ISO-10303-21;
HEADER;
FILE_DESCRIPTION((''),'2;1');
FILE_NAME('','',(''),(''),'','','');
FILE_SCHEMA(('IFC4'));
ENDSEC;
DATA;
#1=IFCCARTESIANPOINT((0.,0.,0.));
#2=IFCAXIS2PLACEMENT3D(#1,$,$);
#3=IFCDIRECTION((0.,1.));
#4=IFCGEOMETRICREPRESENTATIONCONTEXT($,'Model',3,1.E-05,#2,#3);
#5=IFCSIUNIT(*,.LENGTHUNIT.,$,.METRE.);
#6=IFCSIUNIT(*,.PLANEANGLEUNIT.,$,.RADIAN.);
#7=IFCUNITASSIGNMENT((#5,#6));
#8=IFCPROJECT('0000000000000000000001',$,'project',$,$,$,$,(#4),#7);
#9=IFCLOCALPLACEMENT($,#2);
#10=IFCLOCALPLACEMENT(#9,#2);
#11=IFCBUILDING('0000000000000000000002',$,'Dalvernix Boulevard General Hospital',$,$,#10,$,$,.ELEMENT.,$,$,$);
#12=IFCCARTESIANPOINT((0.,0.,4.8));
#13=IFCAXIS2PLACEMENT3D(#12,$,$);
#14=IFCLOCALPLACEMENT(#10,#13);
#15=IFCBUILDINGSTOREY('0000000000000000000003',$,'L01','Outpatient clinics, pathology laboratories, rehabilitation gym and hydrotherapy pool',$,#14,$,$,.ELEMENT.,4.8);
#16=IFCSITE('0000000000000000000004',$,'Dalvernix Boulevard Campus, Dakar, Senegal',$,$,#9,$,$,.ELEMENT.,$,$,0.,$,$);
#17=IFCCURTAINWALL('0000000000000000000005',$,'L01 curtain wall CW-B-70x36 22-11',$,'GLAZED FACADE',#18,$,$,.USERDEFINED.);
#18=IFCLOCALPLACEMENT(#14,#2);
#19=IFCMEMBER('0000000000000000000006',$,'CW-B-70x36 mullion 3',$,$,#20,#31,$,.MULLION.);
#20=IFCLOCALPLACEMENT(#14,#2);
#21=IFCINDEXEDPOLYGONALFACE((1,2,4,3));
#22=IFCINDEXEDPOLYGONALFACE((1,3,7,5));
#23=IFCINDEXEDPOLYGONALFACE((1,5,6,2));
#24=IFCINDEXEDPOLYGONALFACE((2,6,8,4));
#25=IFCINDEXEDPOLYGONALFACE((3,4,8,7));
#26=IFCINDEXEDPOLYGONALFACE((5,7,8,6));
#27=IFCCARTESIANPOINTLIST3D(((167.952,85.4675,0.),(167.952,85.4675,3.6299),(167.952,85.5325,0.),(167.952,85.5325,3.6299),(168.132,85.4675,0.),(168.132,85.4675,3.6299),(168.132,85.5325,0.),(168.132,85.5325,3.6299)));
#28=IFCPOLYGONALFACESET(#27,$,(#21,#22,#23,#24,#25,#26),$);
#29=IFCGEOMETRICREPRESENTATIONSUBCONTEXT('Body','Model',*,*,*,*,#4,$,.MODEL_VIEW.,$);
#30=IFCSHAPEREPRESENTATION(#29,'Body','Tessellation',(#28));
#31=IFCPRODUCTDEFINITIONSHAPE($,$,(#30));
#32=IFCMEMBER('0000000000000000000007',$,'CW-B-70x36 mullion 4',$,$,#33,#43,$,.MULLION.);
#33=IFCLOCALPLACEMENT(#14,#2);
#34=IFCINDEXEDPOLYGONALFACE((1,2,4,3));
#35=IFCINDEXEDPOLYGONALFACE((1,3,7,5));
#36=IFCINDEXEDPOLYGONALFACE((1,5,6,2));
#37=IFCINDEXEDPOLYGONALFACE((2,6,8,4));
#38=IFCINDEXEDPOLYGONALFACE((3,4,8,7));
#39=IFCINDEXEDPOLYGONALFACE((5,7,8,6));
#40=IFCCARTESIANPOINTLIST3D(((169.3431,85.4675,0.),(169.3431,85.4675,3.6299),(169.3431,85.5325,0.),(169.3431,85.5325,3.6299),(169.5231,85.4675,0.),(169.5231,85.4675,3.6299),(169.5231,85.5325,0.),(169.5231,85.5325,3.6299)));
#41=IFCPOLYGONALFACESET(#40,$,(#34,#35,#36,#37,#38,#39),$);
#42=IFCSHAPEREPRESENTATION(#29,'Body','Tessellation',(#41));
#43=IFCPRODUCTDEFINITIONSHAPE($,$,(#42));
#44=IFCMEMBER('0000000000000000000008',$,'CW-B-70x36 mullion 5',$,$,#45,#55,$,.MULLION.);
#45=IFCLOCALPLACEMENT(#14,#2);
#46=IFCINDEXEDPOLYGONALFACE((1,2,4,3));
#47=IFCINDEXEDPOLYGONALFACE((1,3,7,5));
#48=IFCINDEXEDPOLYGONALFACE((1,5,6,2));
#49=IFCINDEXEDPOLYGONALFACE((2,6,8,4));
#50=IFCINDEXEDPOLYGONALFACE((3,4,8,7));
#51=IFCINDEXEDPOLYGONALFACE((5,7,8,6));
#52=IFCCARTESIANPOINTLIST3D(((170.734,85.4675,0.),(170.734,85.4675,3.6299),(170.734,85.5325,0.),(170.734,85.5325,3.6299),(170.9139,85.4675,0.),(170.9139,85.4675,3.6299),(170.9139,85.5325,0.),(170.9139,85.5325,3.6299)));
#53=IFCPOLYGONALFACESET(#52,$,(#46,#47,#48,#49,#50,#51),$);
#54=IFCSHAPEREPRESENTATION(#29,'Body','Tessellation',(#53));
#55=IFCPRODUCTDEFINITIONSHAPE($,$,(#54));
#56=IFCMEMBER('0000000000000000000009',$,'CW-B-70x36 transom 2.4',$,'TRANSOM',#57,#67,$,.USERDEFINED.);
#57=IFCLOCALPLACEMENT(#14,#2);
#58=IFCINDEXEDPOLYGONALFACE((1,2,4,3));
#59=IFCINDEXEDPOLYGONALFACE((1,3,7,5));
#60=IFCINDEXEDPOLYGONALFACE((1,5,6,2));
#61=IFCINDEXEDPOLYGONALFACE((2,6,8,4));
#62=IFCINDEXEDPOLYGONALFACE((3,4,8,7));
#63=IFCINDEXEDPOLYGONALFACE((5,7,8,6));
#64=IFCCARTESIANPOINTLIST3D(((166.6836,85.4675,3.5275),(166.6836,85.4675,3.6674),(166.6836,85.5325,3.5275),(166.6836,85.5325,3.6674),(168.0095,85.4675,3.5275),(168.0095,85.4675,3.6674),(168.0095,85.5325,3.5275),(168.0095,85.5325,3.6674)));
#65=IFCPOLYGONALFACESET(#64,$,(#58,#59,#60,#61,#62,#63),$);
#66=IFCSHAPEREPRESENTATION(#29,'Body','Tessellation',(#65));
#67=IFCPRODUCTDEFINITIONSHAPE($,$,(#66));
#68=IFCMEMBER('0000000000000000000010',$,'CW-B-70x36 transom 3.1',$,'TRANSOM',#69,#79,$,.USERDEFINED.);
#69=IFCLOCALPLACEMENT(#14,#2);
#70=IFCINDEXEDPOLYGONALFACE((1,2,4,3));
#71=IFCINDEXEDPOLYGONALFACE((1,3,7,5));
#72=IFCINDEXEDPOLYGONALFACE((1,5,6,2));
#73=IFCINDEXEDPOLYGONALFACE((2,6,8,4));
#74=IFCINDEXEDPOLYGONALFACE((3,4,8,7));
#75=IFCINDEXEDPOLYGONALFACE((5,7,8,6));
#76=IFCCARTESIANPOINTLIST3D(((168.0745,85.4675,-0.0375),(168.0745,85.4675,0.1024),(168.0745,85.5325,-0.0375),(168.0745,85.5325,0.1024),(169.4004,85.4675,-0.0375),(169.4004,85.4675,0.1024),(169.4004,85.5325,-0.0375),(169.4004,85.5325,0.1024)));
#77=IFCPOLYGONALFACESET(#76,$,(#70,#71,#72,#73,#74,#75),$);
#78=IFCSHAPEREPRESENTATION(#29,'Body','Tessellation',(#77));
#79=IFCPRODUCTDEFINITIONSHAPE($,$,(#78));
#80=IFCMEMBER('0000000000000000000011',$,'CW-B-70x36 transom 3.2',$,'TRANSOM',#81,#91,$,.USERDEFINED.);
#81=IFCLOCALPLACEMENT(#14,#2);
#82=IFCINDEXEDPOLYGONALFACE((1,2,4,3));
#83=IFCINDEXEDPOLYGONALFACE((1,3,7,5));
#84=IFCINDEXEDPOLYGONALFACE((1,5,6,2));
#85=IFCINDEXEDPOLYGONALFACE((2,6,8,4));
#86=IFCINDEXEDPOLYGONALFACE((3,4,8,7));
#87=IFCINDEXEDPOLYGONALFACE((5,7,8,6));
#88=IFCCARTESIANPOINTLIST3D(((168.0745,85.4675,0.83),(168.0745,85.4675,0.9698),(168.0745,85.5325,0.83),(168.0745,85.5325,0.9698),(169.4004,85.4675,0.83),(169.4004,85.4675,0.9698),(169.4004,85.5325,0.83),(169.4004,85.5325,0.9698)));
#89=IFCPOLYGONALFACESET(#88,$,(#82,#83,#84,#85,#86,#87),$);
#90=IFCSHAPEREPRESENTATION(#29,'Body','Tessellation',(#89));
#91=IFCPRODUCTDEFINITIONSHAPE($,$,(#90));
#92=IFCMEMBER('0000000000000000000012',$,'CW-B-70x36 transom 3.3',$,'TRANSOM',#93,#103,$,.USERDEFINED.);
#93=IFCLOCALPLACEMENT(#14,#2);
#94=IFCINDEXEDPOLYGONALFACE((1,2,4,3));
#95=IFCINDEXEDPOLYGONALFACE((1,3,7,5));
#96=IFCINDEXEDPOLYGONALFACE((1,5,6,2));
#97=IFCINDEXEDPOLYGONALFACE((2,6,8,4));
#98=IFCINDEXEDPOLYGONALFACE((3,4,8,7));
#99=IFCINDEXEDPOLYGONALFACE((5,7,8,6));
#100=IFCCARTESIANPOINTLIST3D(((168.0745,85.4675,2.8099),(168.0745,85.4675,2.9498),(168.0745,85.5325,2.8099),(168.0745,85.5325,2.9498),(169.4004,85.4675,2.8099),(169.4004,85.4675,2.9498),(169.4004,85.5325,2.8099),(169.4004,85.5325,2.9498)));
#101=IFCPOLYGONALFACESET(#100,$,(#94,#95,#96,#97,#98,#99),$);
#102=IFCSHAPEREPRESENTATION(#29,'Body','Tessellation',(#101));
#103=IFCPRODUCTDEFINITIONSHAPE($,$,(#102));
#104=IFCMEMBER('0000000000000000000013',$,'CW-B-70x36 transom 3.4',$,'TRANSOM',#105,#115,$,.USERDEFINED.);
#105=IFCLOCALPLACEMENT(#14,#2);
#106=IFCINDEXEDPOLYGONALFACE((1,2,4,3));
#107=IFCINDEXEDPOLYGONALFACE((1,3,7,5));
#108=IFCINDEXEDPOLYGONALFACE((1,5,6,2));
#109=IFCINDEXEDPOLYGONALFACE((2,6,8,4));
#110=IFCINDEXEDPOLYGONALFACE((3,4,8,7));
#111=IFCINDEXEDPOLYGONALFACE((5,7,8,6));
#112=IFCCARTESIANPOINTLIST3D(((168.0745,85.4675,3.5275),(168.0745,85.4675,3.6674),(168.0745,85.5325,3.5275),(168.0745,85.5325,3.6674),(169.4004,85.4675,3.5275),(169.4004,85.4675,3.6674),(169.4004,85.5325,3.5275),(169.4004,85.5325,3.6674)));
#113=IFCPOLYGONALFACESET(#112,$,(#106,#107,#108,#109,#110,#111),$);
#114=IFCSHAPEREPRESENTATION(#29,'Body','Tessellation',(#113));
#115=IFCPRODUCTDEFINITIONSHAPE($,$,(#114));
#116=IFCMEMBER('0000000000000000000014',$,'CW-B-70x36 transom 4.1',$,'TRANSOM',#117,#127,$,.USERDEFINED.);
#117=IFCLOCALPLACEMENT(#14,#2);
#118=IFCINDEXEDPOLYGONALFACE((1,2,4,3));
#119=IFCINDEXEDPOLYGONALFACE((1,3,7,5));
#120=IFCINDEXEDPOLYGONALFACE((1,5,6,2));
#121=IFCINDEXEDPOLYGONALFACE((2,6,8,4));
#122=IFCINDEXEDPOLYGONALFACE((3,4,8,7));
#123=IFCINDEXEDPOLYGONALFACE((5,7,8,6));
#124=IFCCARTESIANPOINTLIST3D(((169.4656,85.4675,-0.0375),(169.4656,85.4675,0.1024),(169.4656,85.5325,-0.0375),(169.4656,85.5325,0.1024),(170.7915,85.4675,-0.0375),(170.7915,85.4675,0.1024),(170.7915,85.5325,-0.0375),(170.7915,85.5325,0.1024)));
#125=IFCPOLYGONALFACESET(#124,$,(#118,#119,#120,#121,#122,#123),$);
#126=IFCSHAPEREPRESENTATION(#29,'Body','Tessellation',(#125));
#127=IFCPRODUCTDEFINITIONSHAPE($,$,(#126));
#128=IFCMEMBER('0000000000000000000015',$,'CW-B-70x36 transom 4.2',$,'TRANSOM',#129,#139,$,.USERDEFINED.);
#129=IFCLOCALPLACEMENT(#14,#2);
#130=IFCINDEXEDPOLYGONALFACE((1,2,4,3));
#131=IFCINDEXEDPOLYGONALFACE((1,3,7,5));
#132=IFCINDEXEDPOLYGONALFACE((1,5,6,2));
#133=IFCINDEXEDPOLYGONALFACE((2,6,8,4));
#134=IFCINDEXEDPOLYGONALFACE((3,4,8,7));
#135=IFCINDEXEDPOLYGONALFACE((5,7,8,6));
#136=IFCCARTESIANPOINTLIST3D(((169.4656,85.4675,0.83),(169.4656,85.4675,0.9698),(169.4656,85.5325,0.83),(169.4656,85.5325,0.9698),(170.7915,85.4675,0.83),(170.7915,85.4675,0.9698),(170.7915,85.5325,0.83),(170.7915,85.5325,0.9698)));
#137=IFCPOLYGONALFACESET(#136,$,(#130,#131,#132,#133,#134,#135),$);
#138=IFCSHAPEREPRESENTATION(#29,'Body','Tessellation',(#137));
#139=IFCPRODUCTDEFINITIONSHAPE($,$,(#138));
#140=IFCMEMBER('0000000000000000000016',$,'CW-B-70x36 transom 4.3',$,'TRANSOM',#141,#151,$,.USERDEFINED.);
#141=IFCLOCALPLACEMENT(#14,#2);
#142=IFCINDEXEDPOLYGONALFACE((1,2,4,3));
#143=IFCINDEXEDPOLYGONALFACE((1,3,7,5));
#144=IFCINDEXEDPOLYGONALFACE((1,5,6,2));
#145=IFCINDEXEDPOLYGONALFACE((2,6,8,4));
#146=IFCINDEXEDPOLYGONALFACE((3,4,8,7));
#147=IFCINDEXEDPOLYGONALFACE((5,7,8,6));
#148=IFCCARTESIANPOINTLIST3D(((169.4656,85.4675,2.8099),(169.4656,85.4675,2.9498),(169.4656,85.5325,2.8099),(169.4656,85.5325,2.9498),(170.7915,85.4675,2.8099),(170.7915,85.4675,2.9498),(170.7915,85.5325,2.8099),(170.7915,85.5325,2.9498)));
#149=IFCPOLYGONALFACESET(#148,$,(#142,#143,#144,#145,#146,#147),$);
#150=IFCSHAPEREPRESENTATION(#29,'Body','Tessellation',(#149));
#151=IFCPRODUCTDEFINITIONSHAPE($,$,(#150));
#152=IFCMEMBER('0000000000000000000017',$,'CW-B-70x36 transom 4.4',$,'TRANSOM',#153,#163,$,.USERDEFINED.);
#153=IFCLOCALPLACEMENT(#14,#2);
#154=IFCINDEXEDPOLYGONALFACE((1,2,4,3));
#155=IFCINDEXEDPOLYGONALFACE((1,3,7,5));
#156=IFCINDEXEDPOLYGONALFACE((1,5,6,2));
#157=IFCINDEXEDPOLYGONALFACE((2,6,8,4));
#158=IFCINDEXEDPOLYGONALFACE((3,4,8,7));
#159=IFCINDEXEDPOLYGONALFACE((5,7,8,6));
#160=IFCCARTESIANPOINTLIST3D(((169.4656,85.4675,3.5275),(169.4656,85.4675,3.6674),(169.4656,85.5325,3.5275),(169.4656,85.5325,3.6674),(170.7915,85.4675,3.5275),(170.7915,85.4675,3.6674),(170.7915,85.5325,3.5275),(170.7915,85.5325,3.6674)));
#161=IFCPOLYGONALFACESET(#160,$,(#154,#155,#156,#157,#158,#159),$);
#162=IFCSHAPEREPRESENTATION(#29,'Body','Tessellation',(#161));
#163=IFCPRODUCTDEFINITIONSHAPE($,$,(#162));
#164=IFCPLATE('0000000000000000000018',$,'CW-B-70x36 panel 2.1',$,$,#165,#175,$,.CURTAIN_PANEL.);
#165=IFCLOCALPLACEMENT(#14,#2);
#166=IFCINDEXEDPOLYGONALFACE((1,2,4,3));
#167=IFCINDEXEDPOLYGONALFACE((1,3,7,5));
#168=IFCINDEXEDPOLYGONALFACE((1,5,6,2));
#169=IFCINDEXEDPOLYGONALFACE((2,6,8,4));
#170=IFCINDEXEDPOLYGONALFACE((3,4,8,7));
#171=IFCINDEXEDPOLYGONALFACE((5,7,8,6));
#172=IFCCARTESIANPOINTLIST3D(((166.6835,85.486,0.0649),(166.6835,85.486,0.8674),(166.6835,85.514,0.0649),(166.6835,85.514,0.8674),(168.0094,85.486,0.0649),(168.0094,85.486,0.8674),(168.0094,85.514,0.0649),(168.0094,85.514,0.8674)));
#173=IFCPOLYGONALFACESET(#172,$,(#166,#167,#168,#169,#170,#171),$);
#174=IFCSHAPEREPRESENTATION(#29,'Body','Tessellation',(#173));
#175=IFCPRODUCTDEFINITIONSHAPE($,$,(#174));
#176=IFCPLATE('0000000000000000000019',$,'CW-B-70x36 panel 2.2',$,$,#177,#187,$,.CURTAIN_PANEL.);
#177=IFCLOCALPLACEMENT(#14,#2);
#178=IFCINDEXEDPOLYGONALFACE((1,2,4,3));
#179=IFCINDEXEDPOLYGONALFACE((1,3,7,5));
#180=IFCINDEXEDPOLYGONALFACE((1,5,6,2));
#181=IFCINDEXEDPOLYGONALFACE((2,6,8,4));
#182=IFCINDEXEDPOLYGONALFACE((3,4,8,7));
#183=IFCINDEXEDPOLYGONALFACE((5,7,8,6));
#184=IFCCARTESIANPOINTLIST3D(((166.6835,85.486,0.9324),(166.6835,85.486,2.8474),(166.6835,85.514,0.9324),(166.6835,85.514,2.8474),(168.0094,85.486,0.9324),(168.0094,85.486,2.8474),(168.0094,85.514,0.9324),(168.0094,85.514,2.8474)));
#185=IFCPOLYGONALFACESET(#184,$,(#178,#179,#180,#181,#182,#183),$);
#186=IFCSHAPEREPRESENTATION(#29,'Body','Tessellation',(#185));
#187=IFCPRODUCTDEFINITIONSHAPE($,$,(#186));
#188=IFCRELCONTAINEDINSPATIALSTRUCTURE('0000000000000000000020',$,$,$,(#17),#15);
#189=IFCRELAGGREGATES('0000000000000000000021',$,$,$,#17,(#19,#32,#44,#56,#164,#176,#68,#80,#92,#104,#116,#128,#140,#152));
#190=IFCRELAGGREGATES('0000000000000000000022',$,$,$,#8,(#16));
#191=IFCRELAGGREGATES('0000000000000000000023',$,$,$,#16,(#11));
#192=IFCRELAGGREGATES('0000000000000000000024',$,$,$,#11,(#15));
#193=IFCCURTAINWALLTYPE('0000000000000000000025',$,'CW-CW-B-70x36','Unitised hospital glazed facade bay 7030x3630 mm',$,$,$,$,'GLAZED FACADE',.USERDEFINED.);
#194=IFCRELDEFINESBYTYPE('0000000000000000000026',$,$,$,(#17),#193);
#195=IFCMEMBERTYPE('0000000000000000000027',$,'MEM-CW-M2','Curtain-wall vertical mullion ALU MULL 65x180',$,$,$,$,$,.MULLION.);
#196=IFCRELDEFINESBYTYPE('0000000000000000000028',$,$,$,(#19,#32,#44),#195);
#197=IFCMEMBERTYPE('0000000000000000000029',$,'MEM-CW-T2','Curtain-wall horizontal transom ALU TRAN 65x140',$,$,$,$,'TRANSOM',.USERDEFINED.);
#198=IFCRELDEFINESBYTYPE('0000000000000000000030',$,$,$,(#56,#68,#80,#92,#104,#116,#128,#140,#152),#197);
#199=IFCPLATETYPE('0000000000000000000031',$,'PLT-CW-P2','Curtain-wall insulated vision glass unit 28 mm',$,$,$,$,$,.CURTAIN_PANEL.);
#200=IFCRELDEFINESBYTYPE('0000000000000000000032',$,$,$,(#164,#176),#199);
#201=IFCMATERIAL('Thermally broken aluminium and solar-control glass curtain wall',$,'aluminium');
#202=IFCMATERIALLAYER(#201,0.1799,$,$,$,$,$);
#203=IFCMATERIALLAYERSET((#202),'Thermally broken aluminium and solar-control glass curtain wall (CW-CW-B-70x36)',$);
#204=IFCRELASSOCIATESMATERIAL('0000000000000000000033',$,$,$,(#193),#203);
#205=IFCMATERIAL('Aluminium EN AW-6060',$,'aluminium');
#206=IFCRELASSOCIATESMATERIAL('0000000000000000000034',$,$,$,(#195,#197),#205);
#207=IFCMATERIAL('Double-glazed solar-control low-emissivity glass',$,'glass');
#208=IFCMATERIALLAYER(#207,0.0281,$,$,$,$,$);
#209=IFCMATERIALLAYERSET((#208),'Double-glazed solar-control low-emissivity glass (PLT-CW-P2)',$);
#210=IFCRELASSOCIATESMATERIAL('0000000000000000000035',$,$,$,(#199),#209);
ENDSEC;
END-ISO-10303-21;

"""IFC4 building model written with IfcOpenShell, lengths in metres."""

from ifc_helpers import new_model, si_unit, direction, frame, origin, origin_2d, place, context, subcontext, project, spatial, rectangle, extrude, material, layer, layer_set, material_profile, profile_set, type_object, element, aggregate, save


model = new_model("IFC4")

# Units and contexts
model_context = context("Model", 3, precision=1e-05, world=origin(), true_north=direction((0.0, 1.0)))
body_context = subcontext(model_context, "Body", "Model", "MODEL_VIEW")
ifc_project = project(units=[si_unit("LENGTHUNIT", "METRE"), si_unit("PLANEANGLEUNIT", "RADIAN")], contexts=[model_context])

# Site, building, storey
site_placement = place(None, origin())
site = spatial("IfcSite", under=ifc_project, at=site_placement, Name="Dalvernix Boulevard Campus, Dakar, Senegal", CompositionType="ELEMENT", RefElevation=0.0)
building_placement = place(site_placement, origin())
building = spatial("IfcBuilding", under=site, at=building_placement, Name="Dalvernix Boulevard General Hospital", CompositionType="ELEMENT")
storey_placement = place(building_placement, frame((0.0, 0.0, 4.8)))
storey = spatial("IfcBuildingStorey", under=building, at=storey_placement, Name="L01", Description="Outpatient clinics, pathology laboratories, rehabilitation gym and hydrotherapy pool", CompositionType="ELEMENT", Elevation=4.8)

# Curtain wall, members, plates
ifc_material_1 = material(Name="Thermally broken aluminium and solar-control glass curtain wall", Category="aluminium")
ifc_layer_1 = layer(ifc_material_1, 0.1799)
ifc_layer_set_1 = layer_set([ifc_layer_1], Name="Thermally broken aluminium and solar-control glass curtain wall (CW-CW-B-70x36)")
curtain_wall_type = type_object("IfcCurtainWallType", Name="CW-CW-B-70x36", Description="Unitised hospital glazed facade bay 7030x3630 mm", ElementType="GLAZED FACADE", PredefinedType="USERDEFINED", material=ifc_layer_set_1)
curtain_wall_placement = place(storey_placement, origin())
curtain_wall = element("IfcCurtainWall", 1, at=curtain_wall_placement, inside=storey, type_object=curtain_wall_type, Name="L01 curtain wall CW-B-70x36 22-11", ObjectType="GLAZED FACADE", PredefinedType="USERDEFINED")
ifc_material_2 = material(Name="Aluminium EN AW-6060", Category="aluminium")
ifc_material_profile_1 = material_profile(ifc_material_2, rectangle(XDim=0.0649, YDim=0.1799, at=origin_2d()), Name="ALU MULL 65x180")
ifc_profile_set_1 = profile_set([ifc_material_profile_1], Name="Aluminium EN AW-6060")
member_type_1 = type_object("IfcMemberType", Name="MEM-CW-M2", Description="Curtain-wall vertical mullion ALU MULL 65x180", PredefinedType="MULLION", material=ifc_profile_set_1)
member_1_placement = place(storey_placement, frame((168.042, 85.5, 0.0), z_axis=(0.0, 0.0, 1.0), x_axis=(0.0, 1.0, 0.0)))
member_1 = element("IfcMember", 2, at=member_1_placement, type_object=member_type_1, Name="CW-B-70x36 mullion 3", PredefinedType="MULLION", context=body_context, shape_type="SweptSolid", body=[
    extrude(rectangle(XDim=0.0649, YDim=0.1799, at=origin_2d()), origin(), (0.0, 0.0, 1.0), 3.6299),
])
member_2_placement = place(storey_placement, frame((169.4331, 85.5, 0.0), z_axis=(0.0, 0.0, 1.0), x_axis=(0.0, 1.0, 0.0)))
member_2 = element("IfcMember", 3, at=member_2_placement, type_object=member_type_1, Name="CW-B-70x36 mullion 4", PredefinedType="MULLION", context=body_context, shape_type="SweptSolid", body=[
    extrude(rectangle(XDim=0.0649, YDim=0.1799, at=origin_2d()), origin(), (0.0, 0.0, 1.0), 3.6299),
])
member_3_placement = place(storey_placement, frame((170.824, 85.5, 0.0), z_axis=(0.0, 0.0, 1.0), x_axis=(0.0, 1.0, 0.0)))
member_3 = element("IfcMember", 4, at=member_3_placement, type_object=member_type_1, Name="CW-B-70x36 mullion 5", PredefinedType="MULLION", context=body_context, shape_type="SweptSolid", body=[
    extrude(rectangle(XDim=0.0649, YDim=0.1799, at=origin_2d()), origin(), (0.0, 0.0, 1.0), 3.6299),
])
ifc_material_profile_2 = material_profile(ifc_material_2, rectangle(XDim=0.0649, YDim=0.1399, at=origin_2d()), Name="ALU TRAN 65x140")
ifc_profile_set_2 = profile_set([ifc_material_profile_2], Name="Aluminium EN AW-6060")
member_type_2 = type_object("IfcMemberType", Name="MEM-CW-T2", Description="Curtain-wall horizontal transom ALU TRAN 65x140", ElementType="TRANSOM", PredefinedType="USERDEFINED", material=ifc_profile_set_2)
member_4_placement = place(storey_placement, frame((166.6836, 85.5, 3.5974), z_axis=(1.0, 0.0, 0.0), x_axis=(0.0, 1.0, 0.0)))
member_4 = element("IfcMember", 5, at=member_4_placement, type_object=member_type_2, Name="CW-B-70x36 transom 2.4", ObjectType="TRANSOM", PredefinedType="USERDEFINED", context=body_context, shape_type="SweptSolid", body=[
    extrude(rectangle(XDim=0.0649, YDim=0.1399, at=origin_2d()), origin(), (0.0, 0.0, 1.0), 1.3259),
])
member_5_placement = place(storey_placement, frame((168.0745, 85.5, 0.0325), z_axis=(1.0, 0.0, 0.0), x_axis=(0.0, 1.0, 0.0)))
member_5 = element("IfcMember", 6, at=member_5_placement, type_object=member_type_2, Name="CW-B-70x36 transom 3.1", ObjectType="TRANSOM", PredefinedType="USERDEFINED", context=body_context, shape_type="SweptSolid", body=[
    extrude(rectangle(XDim=0.0649, YDim=0.1399, at=origin_2d()), origin(), (0.0, 0.0, 1.0), 1.3259),
])
member_6_placement = place(storey_placement, frame((168.0745, 85.5, 0.8999), z_axis=(1.0, 0.0, 0.0), x_axis=(0.0, 1.0, 0.0)))
member_6 = element("IfcMember", 7, at=member_6_placement, type_object=member_type_2, Name="CW-B-70x36 transom 3.2", ObjectType="TRANSOM", PredefinedType="USERDEFINED", context=body_context, shape_type="SweptSolid", body=[
    extrude(rectangle(XDim=0.0649, YDim=0.1399, at=origin_2d()), origin(), (0.0, 0.0, 1.0), 1.3259),
])
member_7_placement = place(storey_placement, frame((168.0745, 85.5, 2.8799), z_axis=(1.0, 0.0, 0.0), x_axis=(0.0, 1.0, 0.0)))
member_7 = element("IfcMember", 8, at=member_7_placement, type_object=member_type_2, Name="CW-B-70x36 transom 3.3", ObjectType="TRANSOM", PredefinedType="USERDEFINED", context=body_context, shape_type="SweptSolid", body=[
    extrude(rectangle(XDim=0.0649, YDim=0.1399, at=origin_2d()), origin(), (0.0, 0.0, 1.0), 1.3259),
])
member_8_placement = place(storey_placement, frame((168.0745, 85.5, 3.5974), z_axis=(1.0, 0.0, 0.0), x_axis=(0.0, 1.0, 0.0)))
member_8 = element("IfcMember", 9, at=member_8_placement, type_object=member_type_2, Name="CW-B-70x36 transom 3.4", ObjectType="TRANSOM", PredefinedType="USERDEFINED", context=body_context, shape_type="SweptSolid", body=[
    extrude(rectangle(XDim=0.0649, YDim=0.1399, at=origin_2d()), origin(), (0.0, 0.0, 1.0), 1.3259),
])
member_9_placement = place(storey_placement, frame((169.4656, 85.5, 0.0325), z_axis=(1.0, 0.0, 0.0), x_axis=(0.0, 1.0, 0.0)))
member_9 = element("IfcMember", 10, at=member_9_placement, type_object=member_type_2, Name="CW-B-70x36 transom 4.1", ObjectType="TRANSOM", PredefinedType="USERDEFINED", context=body_context, shape_type="SweptSolid", body=[
    extrude(rectangle(XDim=0.0649, YDim=0.1399, at=origin_2d()), origin(), (0.0, 0.0, 1.0), 1.3259),
])
member_10_placement = place(storey_placement, frame((169.4656, 85.5, 0.8999), z_axis=(1.0, 0.0, 0.0), x_axis=(0.0, 1.0, 0.0)))
member_10 = element("IfcMember", 11, at=member_10_placement, type_object=member_type_2, Name="CW-B-70x36 transom 4.2", ObjectType="TRANSOM", PredefinedType="USERDEFINED", context=body_context, shape_type="SweptSolid", body=[
    extrude(rectangle(XDim=0.0649, YDim=0.1399, at=origin_2d()), origin(), (0.0, 0.0, 1.0), 1.3259),
])
member_11_placement = place(storey_placement, frame((169.4656, 85.5, 2.8799), z_axis=(1.0, 0.0, 0.0), x_axis=(0.0, 1.0, 0.0)))
member_11 = element("IfcMember", 12, at=member_11_placement, type_object=member_type_2, Name="CW-B-70x36 transom 4.3", ObjectType="TRANSOM", PredefinedType="USERDEFINED", context=body_context, shape_type="SweptSolid", body=[
    extrude(rectangle(XDim=0.0649, YDim=0.1399, at=origin_2d()), origin(), (0.0, 0.0, 1.0), 1.3259),
])
member_12_placement = place(storey_placement, frame((169.4656, 85.5, 3.5974), z_axis=(1.0, 0.0, 0.0), x_axis=(0.0, 1.0, 0.0)))
member_12 = element("IfcMember", 13, at=member_12_placement, type_object=member_type_2, Name="CW-B-70x36 transom 4.4", ObjectType="TRANSOM", PredefinedType="USERDEFINED", context=body_context, shape_type="SweptSolid", body=[
    extrude(rectangle(XDim=0.0649, YDim=0.1399, at=origin_2d()), origin(), (0.0, 0.0, 1.0), 1.3259),
])
ifc_material_3 = material(Name="Double-glazed solar-control low-emissivity glass", Category="glass")
ifc_layer_2 = layer(ifc_material_3, 0.0281)
ifc_layer_set_2 = layer_set([ifc_layer_2], Name="Double-glazed solar-control low-emissivity glass (PLT-CW-P2)")
plate_type = type_object("IfcPlateType", Name="PLT-CW-P2", Description="Curtain-wall insulated vision glass unit 28 mm", PredefinedType="CURTAIN_PANEL", material=ifc_layer_set_2)
plate_1_placement = place(storey_placement, frame((167.3464, 85.5, 0.0649), z_axis=(0.0, 0.0, 1.0), x_axis=(1.0, 0.0, 0.0)))
plate_1 = element("IfcPlate", 14, at=plate_1_placement, type_object=plate_type, Name="CW-B-70x36 panel 2.1", PredefinedType="CURTAIN_PANEL", context=body_context, shape_type="SweptSolid", body=[
    extrude(rectangle(XDim=1.3259, YDim=0.0281, at=origin_2d()), origin(), (0.0, 0.0, 1.0), 0.8025),
])
plate_2_placement = place(storey_placement, frame((167.3464, 85.5, 0.9324), z_axis=(0.0, 0.0, 1.0), x_axis=(1.0, 0.0, 0.0)))
plate_2 = element("IfcPlate", 15, at=plate_2_placement, type_object=plate_type, Name="CW-B-70x36 panel 2.2", PredefinedType="CURTAIN_PANEL", context=body_context, shape_type="SweptSolid", body=[
    extrude(rectangle(XDim=1.3259, YDim=0.0281, at=origin_2d()), origin(), (0.0, 0.0, 1.0), 1.915),
])
aggregate(curtain_wall, [member_1, member_2, member_3, member_4, plate_1, plate_2, member_5, member_6, member_7, member_8, member_9, member_10, member_11, member_12])

save(model, "model.ifc")
